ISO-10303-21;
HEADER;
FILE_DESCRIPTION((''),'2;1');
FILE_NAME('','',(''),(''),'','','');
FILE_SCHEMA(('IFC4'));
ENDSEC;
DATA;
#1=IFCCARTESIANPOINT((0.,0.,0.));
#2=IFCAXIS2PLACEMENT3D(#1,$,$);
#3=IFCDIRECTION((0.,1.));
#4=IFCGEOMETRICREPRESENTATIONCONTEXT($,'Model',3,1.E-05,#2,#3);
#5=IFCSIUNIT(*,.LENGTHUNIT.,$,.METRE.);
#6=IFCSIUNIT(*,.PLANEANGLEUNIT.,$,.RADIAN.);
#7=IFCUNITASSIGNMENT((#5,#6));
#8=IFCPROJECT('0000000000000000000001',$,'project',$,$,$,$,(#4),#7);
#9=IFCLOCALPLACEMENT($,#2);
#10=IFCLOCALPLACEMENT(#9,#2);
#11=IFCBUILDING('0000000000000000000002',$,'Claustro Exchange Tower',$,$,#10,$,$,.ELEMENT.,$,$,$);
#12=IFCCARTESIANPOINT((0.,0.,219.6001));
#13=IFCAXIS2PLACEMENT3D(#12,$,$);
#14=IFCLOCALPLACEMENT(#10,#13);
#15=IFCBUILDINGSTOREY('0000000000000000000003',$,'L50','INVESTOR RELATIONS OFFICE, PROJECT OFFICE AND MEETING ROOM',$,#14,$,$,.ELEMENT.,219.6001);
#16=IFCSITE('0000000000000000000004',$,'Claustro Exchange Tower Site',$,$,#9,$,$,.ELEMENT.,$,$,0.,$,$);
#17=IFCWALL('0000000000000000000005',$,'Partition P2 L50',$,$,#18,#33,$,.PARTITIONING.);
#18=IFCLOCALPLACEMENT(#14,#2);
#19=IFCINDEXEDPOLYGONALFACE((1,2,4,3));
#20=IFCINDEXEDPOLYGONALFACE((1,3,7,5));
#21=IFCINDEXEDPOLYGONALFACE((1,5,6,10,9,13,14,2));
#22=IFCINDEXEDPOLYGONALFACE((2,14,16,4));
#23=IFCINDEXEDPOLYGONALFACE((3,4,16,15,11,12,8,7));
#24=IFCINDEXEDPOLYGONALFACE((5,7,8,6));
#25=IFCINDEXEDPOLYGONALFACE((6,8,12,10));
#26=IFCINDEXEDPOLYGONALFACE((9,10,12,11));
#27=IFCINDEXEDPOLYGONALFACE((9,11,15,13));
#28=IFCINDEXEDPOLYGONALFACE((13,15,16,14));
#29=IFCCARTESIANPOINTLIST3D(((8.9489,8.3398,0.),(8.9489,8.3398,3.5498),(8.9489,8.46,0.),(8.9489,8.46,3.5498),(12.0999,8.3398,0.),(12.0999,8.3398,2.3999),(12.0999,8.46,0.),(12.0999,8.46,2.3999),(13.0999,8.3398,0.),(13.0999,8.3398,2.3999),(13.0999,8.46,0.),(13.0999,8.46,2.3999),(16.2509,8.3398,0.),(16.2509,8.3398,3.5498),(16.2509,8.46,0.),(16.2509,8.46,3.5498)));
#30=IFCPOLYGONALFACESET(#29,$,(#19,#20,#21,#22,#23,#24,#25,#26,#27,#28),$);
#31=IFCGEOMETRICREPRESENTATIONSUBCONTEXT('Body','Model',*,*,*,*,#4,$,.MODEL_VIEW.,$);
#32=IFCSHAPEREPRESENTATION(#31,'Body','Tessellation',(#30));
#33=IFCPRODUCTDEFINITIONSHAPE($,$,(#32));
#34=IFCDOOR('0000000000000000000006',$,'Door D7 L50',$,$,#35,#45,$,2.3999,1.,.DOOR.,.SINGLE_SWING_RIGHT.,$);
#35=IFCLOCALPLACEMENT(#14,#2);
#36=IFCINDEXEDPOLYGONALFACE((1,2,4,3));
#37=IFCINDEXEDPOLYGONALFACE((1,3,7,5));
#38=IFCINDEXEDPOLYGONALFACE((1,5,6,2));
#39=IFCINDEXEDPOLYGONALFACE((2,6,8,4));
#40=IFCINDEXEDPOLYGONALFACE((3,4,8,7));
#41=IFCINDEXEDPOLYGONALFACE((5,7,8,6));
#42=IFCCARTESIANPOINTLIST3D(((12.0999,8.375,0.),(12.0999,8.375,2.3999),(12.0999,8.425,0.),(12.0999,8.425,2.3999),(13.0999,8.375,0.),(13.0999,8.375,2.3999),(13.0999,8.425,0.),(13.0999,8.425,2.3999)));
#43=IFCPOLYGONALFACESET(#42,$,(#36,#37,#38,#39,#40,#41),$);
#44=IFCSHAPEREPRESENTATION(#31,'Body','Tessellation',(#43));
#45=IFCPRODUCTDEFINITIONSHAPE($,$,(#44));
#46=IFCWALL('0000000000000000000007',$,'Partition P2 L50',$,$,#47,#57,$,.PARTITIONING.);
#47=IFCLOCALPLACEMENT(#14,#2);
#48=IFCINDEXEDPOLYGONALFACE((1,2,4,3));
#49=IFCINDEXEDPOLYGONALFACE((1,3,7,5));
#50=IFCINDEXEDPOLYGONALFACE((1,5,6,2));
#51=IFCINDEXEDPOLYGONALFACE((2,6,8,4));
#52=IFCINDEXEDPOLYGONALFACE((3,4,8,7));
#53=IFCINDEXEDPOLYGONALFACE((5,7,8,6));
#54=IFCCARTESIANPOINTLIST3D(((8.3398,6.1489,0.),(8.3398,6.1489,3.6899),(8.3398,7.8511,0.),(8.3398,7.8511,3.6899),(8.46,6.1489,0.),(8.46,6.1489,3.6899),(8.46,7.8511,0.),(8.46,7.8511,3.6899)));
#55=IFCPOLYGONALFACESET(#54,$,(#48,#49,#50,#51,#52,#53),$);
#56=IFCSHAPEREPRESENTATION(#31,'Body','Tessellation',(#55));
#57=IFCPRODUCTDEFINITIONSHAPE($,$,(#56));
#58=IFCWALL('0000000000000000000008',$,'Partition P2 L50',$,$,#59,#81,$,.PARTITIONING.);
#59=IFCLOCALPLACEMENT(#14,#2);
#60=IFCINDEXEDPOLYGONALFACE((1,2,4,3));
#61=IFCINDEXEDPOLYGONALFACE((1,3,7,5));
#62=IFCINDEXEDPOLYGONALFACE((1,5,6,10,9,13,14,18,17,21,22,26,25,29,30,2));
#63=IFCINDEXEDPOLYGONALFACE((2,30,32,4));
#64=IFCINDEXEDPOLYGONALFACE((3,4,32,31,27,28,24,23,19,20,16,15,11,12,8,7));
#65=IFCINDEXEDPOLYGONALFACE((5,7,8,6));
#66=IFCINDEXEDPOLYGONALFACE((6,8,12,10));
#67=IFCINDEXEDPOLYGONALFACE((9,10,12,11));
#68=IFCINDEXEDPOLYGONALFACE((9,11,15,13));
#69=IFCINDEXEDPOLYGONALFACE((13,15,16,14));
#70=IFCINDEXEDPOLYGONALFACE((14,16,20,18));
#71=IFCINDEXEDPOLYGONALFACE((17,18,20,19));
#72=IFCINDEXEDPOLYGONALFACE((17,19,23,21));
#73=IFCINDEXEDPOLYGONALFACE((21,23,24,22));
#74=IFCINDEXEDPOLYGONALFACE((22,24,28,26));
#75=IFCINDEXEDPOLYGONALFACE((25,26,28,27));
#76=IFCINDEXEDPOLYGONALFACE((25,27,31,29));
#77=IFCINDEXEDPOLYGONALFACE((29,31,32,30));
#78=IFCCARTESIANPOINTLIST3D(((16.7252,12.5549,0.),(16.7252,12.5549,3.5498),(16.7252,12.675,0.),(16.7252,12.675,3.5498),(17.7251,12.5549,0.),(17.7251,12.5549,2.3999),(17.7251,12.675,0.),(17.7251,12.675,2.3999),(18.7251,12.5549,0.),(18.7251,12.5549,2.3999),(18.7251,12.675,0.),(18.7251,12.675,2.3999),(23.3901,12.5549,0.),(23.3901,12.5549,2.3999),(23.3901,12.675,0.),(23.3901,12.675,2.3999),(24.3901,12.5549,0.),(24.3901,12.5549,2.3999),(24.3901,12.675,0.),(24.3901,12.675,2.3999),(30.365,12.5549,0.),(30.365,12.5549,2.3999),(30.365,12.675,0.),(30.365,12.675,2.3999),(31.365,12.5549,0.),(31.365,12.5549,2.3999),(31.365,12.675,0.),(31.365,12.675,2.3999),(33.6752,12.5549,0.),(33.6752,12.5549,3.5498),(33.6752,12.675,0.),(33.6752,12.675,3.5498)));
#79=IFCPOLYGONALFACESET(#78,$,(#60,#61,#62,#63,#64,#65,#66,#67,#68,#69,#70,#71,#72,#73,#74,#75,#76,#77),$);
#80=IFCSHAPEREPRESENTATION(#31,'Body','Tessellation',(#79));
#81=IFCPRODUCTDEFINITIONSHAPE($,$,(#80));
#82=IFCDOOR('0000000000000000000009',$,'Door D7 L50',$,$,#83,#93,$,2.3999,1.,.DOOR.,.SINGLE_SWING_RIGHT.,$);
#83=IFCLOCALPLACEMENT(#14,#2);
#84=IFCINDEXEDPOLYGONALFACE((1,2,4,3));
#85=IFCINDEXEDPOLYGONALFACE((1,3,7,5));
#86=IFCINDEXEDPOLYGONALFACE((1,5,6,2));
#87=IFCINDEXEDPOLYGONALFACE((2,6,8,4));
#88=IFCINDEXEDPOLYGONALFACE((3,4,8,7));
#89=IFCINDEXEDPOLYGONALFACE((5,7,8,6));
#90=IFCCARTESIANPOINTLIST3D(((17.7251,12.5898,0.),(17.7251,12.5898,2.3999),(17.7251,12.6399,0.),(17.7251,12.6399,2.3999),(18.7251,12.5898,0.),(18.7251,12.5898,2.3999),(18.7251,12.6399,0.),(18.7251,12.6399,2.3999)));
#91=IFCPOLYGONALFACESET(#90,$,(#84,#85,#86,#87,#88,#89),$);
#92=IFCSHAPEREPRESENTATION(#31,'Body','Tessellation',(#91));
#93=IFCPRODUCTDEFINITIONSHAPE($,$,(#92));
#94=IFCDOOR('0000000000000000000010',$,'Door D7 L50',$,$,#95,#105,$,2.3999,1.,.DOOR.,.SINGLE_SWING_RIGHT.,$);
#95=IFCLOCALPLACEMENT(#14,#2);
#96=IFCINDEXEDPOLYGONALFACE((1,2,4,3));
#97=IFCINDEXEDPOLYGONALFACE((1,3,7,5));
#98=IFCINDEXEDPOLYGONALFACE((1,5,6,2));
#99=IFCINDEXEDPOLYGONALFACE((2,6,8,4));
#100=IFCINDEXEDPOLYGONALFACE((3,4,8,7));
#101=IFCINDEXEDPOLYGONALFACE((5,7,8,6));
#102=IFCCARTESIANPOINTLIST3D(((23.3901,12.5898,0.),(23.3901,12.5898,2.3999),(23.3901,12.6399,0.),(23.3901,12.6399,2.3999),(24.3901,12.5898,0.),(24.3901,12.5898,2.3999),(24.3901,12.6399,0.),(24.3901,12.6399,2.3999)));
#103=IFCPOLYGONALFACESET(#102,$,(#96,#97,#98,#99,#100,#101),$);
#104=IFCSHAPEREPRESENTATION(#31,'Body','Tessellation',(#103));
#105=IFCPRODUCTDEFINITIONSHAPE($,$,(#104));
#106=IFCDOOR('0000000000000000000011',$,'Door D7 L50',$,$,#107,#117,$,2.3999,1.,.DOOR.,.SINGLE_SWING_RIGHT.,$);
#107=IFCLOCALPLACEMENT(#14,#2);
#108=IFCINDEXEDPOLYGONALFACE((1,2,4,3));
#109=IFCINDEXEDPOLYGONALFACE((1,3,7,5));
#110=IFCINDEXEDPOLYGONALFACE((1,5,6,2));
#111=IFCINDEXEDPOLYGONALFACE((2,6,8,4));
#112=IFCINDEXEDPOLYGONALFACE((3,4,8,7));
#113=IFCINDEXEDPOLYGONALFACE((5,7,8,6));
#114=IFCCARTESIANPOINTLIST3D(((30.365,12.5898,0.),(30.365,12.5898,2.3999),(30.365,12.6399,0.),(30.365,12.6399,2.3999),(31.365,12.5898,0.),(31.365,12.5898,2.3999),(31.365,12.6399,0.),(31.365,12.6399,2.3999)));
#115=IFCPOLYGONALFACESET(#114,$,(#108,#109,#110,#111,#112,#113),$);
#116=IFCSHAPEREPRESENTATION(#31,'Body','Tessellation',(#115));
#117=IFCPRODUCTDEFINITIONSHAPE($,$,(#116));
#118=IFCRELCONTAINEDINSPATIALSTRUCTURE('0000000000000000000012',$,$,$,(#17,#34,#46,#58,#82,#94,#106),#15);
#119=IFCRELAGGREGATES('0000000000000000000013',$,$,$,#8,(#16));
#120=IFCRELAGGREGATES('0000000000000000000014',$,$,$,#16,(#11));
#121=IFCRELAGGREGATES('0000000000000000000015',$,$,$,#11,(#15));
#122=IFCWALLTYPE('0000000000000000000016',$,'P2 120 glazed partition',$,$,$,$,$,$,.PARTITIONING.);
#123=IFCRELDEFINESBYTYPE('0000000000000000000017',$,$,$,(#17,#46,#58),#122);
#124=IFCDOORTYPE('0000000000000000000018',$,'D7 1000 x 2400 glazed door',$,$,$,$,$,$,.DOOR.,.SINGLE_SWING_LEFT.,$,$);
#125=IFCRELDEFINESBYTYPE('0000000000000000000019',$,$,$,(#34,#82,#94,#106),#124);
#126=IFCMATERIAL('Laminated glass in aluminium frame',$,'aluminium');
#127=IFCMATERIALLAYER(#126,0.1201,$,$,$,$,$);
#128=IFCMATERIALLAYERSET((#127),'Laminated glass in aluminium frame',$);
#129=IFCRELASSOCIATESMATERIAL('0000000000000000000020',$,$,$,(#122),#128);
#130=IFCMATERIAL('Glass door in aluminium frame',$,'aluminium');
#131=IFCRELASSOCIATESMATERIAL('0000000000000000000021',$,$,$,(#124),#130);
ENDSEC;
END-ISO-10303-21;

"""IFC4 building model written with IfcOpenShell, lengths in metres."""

from ifc_helpers import new_model, si_unit, direction, frame, frame_2d, origin, place, context, subcontext, project, spatial, rectangle, extrude, material, layer, layer_set, type_object, element, fill, save


model = new_model("IFC4")

# Units and contexts
model_context = context("Model", 3, precision=1e-05, world=origin(), true_north=direction((0.0, 1.0)))
body_context = subcontext(model_context, "Body", "Model", "MODEL_VIEW")
ifc_project = project(units=[si_unit("LENGTHUNIT", "METRE"), si_unit("PLANEANGLEUNIT", "RADIAN")], contexts=[model_context])

# Site, building, storey
site_placement = place(None, origin())
site = spatial("IfcSite", under=ifc_project, at=site_placement, Name="Claustro Exchange Tower Site", CompositionType="ELEMENT", RefElevation=0.0)
building_placement = place(site_placement, origin())
building = spatial("IfcBuilding", under=site, at=building_placement, Name="Claustro Exchange Tower", CompositionType="ELEMENT")
storey_placement = place(building_placement, frame((0.0, 0.0, 219.6001)))
storey = spatial("IfcBuildingStorey", under=building, at=storey_placement, Name="L50", Description="INVESTOR RELATIONS OFFICE, PROJECT OFFICE AND MEETING ROOM", CompositionType="ELEMENT", Elevation=219.6001)

# Wall, opening, door
ifc_material_1 = material(Name="Laminated glass in aluminium frame", Category="aluminium")
ifc_layer_1 = layer(ifc_material_1, 0.1201)
ifc_layer_set_1 = layer_set([ifc_layer_1], Name="Laminated glass in aluminium frame")
wall_type_1 = type_object("IfcWallType", Name="P2 120 glazed partition", PredefinedType="PARTITIONING", material=ifc_layer_set_1)
wall_1_placement = place(storey_placement, frame((8.949, 8.3999, 0.0), z_axis=(0.0, 0.0, 1.0), x_axis=(1.0, 0.0, 0.0)))
wall_1 = element("IfcWall", 1, at=wall_1_placement, inside=storey, type_object=wall_type_1, Name="Partition P2 L50", PredefinedType="PARTITIONING", context=body_context, shape_type="SweptSolid", body=[
    extrude(rectangle(XDim=7.302, YDim=0.1201, at=frame_2d((3.6509, 0.0))), origin(), (0.0, 0.0, 1.0), 3.5498),
])
opening_1_placement = place(wall_1_placement, frame((3.1509, 0.0, 0.0)))
opening_1 = element("IfcOpeningElement", 2, at=opening_1_placement, cuts=wall_1, PredefinedType="OPENING", context=body_context, shape_type="SweptSolid", body=[
    extrude(rectangle(XDim=1.0, YDim=2.3999, at=frame_2d((0.5, 1.2))), frame((0.0, 0.0701, 0.0), z_axis=(0.0, -1.0, 0.0), x_axis=(1.0, 0.0, 0.0)), (0.0, 0.0, 1.0), 0.1401),
])
ifc_material_2 = material(Name="Glass door in aluminium frame", Category="aluminium")
door_type_1 = type_object("IfcDoorType", Name="D7 1000 x 2400 glazed door", OperationType="SINGLE_SWING_LEFT", PredefinedType="DOOR", material=ifc_material_2)
door_1_placement = place(opening_1_placement, frame((1.0, 0.0, 0.0), z_axis=(0.0, 0.0, 1.0), x_axis=(-1.0, 0.0, 0.0)))
door_1 = element("IfcDoor", 3, at=door_1_placement, inside=storey, type_object=door_type_1, Name="Door D7 L50", OperationType="SINGLE_SWING_RIGHT", OverallHeight=2.3999, OverallWidth=1.0, PredefinedType="DOOR", context=body_context, shape_type="SweptSolid", body=[
    extrude(rectangle(XDim=1.0, YDim=2.3999, at=frame_2d((0.5, 1.2))), frame((0.0, 0.0249, 0.0), z_axis=(0.0, -1.0, 0.0), x_axis=(1.0, 0.0, 0.0)), (0.0, 0.0, 1.0), 0.05),
])
fill(opening_1, door_1)

# Wall
wall_2_placement = place(storey_placement, frame((8.3999, 6.1489, 0.0), z_axis=(0.0, 0.0, 1.0), x_axis=(0.0, 1.0, 0.0)))
element("IfcWall", 4, at=wall_2_placement, inside=storey, type_object=wall_type_1, Name="Partition P2 L50", PredefinedType="PARTITIONING", context=body_context, shape_type="SweptSolid", body=[
    extrude(rectangle(XDim=1.7021, YDim=0.1201, at=frame_2d((0.8511, 0.0))), origin(), (0.0, 0.0, 1.0), 3.6899),
])

# Wall, openings, doors
wall_3_placement = place(storey_placement, frame((16.7251, 12.615, 0.0), z_axis=(0.0, 0.0, 1.0), x_axis=(1.0, 0.0, 0.0)))
wall_3 = element("IfcWall", 5, at=wall_3_placement, inside=storey, type_object=wall_type_1, Name="Partition P2 L50", PredefinedType="PARTITIONING", context=body_context, shape_type="SweptSolid", body=[
    extrude(rectangle(XDim=16.95, YDim=0.1201, at=frame_2d((8.4751, 0.0))), origin(), (0.0, 0.0, 1.0), 3.5498),
])
opening_2_placement = place(wall_3_placement, frame((1.0, 0.0, 0.0)))
opening_2 = element("IfcOpeningElement", 6, at=opening_2_placement, cuts=wall_3, PredefinedType="OPENING", context=body_context, shape_type="SweptSolid", body=[
    extrude(rectangle(XDim=1.0, YDim=2.3999, at=frame_2d((0.5, 1.2))), frame((0.0, 0.0701, 0.0), z_axis=(0.0, -1.0, 0.0), x_axis=(1.0, 0.0, 0.0)), (0.0, 0.0, 1.0), 0.1401),
])
opening_3_placement = place(wall_3_placement, frame((6.665, 0.0, 0.0)))
opening_3 = element("IfcOpeningElement", 7, at=opening_3_placement, cuts=wall_3, PredefinedType="OPENING", context=body_context, shape_type="SweptSolid", body=[
    extrude(rectangle(XDim=1.0, YDim=2.3999, at=frame_2d((0.5, 1.2))), frame((0.0, 0.0701, 0.0), z_axis=(0.0, -1.0, 0.0), x_axis=(1.0, 0.0, 0.0)), (0.0, 0.0, 1.0), 0.1401),
])
opening_4_placement = place(wall_3_placement, frame((13.6399, 0.0, 0.0)))
opening_4 = element("IfcOpeningElement", 8, at=opening_4_placement, cuts=wall_3, PredefinedType="OPENING", context=body_context, shape_type="SweptSolid", body=[
    extrude(rectangle(XDim=1.0, YDim=2.3999, at=frame_2d((0.5, 1.2))), frame((0.0, 0.0701, 0.0), z_axis=(0.0, -1.0, 0.0), x_axis=(1.0, 0.0, 0.0)), (0.0, 0.0, 1.0), 0.1401),
])
door_2_placement = place(opening_2_placement, origin())
door_2 = element("IfcDoor", 9, at=door_2_placement, inside=storey, type_object=door_type_1, Name="Door D7 L50", OperationType="SINGLE_SWING_RIGHT", OverallHeight=2.3999, OverallWidth=1.0, PredefinedType="DOOR", context=body_context, shape_type="SweptSolid", body=[
    extrude(rectangle(XDim=1.0, YDim=2.3999, at=frame_2d((0.5, 1.2))), frame((0.0, 0.0249, 0.0), z_axis=(0.0, -1.0, 0.0), x_axis=(1.0, 0.0, 0.0)), (0.0, 0.0, 1.0), 0.05),
])
fill(opening_2, door_2)
door_3_placement = place(opening_3_placement, origin())
door_3 = element("IfcDoor", 10, at=door_3_placement, inside=storey, type_object=door_type_1, Name="Door D7 L50", OperationType="SINGLE_SWING_RIGHT", OverallHeight=2.3999, OverallWidth=1.0, PredefinedType="DOOR", context=body_context, shape_type="SweptSolid", body=[
    extrude(rectangle(XDim=1.0, YDim=2.3999, at=frame_2d((0.5, 1.2))), frame((0.0, 0.0249, 0.0), z_axis=(0.0, -1.0, 0.0), x_axis=(1.0, 0.0, 0.0)), (0.0, 0.0, 1.0), 0.05),
])
fill(opening_3, door_3)
door_4_placement = place(opening_4_placement, origin())
door_4 = element("IfcDoor", 11, at=door_4_placement, inside=storey, type_object=door_type_1, Name="Door D7 L50", OperationType="SINGLE_SWING_RIGHT", OverallHeight=2.3999, OverallWidth=1.0, PredefinedType="DOOR", context=body_context, shape_type="SweptSolid", body=[
    extrude(rectangle(XDim=1.0, YDim=2.3999, at=frame_2d((0.5, 1.2))), frame((0.0, 0.0249, 0.0), z_axis=(0.0, -1.0, 0.0), x_axis=(1.0, 0.0, 0.0)), (0.0, 0.0, 1.0), 0.05),
])
fill(opening_4, door_4)

save(model, "model.ifc")
